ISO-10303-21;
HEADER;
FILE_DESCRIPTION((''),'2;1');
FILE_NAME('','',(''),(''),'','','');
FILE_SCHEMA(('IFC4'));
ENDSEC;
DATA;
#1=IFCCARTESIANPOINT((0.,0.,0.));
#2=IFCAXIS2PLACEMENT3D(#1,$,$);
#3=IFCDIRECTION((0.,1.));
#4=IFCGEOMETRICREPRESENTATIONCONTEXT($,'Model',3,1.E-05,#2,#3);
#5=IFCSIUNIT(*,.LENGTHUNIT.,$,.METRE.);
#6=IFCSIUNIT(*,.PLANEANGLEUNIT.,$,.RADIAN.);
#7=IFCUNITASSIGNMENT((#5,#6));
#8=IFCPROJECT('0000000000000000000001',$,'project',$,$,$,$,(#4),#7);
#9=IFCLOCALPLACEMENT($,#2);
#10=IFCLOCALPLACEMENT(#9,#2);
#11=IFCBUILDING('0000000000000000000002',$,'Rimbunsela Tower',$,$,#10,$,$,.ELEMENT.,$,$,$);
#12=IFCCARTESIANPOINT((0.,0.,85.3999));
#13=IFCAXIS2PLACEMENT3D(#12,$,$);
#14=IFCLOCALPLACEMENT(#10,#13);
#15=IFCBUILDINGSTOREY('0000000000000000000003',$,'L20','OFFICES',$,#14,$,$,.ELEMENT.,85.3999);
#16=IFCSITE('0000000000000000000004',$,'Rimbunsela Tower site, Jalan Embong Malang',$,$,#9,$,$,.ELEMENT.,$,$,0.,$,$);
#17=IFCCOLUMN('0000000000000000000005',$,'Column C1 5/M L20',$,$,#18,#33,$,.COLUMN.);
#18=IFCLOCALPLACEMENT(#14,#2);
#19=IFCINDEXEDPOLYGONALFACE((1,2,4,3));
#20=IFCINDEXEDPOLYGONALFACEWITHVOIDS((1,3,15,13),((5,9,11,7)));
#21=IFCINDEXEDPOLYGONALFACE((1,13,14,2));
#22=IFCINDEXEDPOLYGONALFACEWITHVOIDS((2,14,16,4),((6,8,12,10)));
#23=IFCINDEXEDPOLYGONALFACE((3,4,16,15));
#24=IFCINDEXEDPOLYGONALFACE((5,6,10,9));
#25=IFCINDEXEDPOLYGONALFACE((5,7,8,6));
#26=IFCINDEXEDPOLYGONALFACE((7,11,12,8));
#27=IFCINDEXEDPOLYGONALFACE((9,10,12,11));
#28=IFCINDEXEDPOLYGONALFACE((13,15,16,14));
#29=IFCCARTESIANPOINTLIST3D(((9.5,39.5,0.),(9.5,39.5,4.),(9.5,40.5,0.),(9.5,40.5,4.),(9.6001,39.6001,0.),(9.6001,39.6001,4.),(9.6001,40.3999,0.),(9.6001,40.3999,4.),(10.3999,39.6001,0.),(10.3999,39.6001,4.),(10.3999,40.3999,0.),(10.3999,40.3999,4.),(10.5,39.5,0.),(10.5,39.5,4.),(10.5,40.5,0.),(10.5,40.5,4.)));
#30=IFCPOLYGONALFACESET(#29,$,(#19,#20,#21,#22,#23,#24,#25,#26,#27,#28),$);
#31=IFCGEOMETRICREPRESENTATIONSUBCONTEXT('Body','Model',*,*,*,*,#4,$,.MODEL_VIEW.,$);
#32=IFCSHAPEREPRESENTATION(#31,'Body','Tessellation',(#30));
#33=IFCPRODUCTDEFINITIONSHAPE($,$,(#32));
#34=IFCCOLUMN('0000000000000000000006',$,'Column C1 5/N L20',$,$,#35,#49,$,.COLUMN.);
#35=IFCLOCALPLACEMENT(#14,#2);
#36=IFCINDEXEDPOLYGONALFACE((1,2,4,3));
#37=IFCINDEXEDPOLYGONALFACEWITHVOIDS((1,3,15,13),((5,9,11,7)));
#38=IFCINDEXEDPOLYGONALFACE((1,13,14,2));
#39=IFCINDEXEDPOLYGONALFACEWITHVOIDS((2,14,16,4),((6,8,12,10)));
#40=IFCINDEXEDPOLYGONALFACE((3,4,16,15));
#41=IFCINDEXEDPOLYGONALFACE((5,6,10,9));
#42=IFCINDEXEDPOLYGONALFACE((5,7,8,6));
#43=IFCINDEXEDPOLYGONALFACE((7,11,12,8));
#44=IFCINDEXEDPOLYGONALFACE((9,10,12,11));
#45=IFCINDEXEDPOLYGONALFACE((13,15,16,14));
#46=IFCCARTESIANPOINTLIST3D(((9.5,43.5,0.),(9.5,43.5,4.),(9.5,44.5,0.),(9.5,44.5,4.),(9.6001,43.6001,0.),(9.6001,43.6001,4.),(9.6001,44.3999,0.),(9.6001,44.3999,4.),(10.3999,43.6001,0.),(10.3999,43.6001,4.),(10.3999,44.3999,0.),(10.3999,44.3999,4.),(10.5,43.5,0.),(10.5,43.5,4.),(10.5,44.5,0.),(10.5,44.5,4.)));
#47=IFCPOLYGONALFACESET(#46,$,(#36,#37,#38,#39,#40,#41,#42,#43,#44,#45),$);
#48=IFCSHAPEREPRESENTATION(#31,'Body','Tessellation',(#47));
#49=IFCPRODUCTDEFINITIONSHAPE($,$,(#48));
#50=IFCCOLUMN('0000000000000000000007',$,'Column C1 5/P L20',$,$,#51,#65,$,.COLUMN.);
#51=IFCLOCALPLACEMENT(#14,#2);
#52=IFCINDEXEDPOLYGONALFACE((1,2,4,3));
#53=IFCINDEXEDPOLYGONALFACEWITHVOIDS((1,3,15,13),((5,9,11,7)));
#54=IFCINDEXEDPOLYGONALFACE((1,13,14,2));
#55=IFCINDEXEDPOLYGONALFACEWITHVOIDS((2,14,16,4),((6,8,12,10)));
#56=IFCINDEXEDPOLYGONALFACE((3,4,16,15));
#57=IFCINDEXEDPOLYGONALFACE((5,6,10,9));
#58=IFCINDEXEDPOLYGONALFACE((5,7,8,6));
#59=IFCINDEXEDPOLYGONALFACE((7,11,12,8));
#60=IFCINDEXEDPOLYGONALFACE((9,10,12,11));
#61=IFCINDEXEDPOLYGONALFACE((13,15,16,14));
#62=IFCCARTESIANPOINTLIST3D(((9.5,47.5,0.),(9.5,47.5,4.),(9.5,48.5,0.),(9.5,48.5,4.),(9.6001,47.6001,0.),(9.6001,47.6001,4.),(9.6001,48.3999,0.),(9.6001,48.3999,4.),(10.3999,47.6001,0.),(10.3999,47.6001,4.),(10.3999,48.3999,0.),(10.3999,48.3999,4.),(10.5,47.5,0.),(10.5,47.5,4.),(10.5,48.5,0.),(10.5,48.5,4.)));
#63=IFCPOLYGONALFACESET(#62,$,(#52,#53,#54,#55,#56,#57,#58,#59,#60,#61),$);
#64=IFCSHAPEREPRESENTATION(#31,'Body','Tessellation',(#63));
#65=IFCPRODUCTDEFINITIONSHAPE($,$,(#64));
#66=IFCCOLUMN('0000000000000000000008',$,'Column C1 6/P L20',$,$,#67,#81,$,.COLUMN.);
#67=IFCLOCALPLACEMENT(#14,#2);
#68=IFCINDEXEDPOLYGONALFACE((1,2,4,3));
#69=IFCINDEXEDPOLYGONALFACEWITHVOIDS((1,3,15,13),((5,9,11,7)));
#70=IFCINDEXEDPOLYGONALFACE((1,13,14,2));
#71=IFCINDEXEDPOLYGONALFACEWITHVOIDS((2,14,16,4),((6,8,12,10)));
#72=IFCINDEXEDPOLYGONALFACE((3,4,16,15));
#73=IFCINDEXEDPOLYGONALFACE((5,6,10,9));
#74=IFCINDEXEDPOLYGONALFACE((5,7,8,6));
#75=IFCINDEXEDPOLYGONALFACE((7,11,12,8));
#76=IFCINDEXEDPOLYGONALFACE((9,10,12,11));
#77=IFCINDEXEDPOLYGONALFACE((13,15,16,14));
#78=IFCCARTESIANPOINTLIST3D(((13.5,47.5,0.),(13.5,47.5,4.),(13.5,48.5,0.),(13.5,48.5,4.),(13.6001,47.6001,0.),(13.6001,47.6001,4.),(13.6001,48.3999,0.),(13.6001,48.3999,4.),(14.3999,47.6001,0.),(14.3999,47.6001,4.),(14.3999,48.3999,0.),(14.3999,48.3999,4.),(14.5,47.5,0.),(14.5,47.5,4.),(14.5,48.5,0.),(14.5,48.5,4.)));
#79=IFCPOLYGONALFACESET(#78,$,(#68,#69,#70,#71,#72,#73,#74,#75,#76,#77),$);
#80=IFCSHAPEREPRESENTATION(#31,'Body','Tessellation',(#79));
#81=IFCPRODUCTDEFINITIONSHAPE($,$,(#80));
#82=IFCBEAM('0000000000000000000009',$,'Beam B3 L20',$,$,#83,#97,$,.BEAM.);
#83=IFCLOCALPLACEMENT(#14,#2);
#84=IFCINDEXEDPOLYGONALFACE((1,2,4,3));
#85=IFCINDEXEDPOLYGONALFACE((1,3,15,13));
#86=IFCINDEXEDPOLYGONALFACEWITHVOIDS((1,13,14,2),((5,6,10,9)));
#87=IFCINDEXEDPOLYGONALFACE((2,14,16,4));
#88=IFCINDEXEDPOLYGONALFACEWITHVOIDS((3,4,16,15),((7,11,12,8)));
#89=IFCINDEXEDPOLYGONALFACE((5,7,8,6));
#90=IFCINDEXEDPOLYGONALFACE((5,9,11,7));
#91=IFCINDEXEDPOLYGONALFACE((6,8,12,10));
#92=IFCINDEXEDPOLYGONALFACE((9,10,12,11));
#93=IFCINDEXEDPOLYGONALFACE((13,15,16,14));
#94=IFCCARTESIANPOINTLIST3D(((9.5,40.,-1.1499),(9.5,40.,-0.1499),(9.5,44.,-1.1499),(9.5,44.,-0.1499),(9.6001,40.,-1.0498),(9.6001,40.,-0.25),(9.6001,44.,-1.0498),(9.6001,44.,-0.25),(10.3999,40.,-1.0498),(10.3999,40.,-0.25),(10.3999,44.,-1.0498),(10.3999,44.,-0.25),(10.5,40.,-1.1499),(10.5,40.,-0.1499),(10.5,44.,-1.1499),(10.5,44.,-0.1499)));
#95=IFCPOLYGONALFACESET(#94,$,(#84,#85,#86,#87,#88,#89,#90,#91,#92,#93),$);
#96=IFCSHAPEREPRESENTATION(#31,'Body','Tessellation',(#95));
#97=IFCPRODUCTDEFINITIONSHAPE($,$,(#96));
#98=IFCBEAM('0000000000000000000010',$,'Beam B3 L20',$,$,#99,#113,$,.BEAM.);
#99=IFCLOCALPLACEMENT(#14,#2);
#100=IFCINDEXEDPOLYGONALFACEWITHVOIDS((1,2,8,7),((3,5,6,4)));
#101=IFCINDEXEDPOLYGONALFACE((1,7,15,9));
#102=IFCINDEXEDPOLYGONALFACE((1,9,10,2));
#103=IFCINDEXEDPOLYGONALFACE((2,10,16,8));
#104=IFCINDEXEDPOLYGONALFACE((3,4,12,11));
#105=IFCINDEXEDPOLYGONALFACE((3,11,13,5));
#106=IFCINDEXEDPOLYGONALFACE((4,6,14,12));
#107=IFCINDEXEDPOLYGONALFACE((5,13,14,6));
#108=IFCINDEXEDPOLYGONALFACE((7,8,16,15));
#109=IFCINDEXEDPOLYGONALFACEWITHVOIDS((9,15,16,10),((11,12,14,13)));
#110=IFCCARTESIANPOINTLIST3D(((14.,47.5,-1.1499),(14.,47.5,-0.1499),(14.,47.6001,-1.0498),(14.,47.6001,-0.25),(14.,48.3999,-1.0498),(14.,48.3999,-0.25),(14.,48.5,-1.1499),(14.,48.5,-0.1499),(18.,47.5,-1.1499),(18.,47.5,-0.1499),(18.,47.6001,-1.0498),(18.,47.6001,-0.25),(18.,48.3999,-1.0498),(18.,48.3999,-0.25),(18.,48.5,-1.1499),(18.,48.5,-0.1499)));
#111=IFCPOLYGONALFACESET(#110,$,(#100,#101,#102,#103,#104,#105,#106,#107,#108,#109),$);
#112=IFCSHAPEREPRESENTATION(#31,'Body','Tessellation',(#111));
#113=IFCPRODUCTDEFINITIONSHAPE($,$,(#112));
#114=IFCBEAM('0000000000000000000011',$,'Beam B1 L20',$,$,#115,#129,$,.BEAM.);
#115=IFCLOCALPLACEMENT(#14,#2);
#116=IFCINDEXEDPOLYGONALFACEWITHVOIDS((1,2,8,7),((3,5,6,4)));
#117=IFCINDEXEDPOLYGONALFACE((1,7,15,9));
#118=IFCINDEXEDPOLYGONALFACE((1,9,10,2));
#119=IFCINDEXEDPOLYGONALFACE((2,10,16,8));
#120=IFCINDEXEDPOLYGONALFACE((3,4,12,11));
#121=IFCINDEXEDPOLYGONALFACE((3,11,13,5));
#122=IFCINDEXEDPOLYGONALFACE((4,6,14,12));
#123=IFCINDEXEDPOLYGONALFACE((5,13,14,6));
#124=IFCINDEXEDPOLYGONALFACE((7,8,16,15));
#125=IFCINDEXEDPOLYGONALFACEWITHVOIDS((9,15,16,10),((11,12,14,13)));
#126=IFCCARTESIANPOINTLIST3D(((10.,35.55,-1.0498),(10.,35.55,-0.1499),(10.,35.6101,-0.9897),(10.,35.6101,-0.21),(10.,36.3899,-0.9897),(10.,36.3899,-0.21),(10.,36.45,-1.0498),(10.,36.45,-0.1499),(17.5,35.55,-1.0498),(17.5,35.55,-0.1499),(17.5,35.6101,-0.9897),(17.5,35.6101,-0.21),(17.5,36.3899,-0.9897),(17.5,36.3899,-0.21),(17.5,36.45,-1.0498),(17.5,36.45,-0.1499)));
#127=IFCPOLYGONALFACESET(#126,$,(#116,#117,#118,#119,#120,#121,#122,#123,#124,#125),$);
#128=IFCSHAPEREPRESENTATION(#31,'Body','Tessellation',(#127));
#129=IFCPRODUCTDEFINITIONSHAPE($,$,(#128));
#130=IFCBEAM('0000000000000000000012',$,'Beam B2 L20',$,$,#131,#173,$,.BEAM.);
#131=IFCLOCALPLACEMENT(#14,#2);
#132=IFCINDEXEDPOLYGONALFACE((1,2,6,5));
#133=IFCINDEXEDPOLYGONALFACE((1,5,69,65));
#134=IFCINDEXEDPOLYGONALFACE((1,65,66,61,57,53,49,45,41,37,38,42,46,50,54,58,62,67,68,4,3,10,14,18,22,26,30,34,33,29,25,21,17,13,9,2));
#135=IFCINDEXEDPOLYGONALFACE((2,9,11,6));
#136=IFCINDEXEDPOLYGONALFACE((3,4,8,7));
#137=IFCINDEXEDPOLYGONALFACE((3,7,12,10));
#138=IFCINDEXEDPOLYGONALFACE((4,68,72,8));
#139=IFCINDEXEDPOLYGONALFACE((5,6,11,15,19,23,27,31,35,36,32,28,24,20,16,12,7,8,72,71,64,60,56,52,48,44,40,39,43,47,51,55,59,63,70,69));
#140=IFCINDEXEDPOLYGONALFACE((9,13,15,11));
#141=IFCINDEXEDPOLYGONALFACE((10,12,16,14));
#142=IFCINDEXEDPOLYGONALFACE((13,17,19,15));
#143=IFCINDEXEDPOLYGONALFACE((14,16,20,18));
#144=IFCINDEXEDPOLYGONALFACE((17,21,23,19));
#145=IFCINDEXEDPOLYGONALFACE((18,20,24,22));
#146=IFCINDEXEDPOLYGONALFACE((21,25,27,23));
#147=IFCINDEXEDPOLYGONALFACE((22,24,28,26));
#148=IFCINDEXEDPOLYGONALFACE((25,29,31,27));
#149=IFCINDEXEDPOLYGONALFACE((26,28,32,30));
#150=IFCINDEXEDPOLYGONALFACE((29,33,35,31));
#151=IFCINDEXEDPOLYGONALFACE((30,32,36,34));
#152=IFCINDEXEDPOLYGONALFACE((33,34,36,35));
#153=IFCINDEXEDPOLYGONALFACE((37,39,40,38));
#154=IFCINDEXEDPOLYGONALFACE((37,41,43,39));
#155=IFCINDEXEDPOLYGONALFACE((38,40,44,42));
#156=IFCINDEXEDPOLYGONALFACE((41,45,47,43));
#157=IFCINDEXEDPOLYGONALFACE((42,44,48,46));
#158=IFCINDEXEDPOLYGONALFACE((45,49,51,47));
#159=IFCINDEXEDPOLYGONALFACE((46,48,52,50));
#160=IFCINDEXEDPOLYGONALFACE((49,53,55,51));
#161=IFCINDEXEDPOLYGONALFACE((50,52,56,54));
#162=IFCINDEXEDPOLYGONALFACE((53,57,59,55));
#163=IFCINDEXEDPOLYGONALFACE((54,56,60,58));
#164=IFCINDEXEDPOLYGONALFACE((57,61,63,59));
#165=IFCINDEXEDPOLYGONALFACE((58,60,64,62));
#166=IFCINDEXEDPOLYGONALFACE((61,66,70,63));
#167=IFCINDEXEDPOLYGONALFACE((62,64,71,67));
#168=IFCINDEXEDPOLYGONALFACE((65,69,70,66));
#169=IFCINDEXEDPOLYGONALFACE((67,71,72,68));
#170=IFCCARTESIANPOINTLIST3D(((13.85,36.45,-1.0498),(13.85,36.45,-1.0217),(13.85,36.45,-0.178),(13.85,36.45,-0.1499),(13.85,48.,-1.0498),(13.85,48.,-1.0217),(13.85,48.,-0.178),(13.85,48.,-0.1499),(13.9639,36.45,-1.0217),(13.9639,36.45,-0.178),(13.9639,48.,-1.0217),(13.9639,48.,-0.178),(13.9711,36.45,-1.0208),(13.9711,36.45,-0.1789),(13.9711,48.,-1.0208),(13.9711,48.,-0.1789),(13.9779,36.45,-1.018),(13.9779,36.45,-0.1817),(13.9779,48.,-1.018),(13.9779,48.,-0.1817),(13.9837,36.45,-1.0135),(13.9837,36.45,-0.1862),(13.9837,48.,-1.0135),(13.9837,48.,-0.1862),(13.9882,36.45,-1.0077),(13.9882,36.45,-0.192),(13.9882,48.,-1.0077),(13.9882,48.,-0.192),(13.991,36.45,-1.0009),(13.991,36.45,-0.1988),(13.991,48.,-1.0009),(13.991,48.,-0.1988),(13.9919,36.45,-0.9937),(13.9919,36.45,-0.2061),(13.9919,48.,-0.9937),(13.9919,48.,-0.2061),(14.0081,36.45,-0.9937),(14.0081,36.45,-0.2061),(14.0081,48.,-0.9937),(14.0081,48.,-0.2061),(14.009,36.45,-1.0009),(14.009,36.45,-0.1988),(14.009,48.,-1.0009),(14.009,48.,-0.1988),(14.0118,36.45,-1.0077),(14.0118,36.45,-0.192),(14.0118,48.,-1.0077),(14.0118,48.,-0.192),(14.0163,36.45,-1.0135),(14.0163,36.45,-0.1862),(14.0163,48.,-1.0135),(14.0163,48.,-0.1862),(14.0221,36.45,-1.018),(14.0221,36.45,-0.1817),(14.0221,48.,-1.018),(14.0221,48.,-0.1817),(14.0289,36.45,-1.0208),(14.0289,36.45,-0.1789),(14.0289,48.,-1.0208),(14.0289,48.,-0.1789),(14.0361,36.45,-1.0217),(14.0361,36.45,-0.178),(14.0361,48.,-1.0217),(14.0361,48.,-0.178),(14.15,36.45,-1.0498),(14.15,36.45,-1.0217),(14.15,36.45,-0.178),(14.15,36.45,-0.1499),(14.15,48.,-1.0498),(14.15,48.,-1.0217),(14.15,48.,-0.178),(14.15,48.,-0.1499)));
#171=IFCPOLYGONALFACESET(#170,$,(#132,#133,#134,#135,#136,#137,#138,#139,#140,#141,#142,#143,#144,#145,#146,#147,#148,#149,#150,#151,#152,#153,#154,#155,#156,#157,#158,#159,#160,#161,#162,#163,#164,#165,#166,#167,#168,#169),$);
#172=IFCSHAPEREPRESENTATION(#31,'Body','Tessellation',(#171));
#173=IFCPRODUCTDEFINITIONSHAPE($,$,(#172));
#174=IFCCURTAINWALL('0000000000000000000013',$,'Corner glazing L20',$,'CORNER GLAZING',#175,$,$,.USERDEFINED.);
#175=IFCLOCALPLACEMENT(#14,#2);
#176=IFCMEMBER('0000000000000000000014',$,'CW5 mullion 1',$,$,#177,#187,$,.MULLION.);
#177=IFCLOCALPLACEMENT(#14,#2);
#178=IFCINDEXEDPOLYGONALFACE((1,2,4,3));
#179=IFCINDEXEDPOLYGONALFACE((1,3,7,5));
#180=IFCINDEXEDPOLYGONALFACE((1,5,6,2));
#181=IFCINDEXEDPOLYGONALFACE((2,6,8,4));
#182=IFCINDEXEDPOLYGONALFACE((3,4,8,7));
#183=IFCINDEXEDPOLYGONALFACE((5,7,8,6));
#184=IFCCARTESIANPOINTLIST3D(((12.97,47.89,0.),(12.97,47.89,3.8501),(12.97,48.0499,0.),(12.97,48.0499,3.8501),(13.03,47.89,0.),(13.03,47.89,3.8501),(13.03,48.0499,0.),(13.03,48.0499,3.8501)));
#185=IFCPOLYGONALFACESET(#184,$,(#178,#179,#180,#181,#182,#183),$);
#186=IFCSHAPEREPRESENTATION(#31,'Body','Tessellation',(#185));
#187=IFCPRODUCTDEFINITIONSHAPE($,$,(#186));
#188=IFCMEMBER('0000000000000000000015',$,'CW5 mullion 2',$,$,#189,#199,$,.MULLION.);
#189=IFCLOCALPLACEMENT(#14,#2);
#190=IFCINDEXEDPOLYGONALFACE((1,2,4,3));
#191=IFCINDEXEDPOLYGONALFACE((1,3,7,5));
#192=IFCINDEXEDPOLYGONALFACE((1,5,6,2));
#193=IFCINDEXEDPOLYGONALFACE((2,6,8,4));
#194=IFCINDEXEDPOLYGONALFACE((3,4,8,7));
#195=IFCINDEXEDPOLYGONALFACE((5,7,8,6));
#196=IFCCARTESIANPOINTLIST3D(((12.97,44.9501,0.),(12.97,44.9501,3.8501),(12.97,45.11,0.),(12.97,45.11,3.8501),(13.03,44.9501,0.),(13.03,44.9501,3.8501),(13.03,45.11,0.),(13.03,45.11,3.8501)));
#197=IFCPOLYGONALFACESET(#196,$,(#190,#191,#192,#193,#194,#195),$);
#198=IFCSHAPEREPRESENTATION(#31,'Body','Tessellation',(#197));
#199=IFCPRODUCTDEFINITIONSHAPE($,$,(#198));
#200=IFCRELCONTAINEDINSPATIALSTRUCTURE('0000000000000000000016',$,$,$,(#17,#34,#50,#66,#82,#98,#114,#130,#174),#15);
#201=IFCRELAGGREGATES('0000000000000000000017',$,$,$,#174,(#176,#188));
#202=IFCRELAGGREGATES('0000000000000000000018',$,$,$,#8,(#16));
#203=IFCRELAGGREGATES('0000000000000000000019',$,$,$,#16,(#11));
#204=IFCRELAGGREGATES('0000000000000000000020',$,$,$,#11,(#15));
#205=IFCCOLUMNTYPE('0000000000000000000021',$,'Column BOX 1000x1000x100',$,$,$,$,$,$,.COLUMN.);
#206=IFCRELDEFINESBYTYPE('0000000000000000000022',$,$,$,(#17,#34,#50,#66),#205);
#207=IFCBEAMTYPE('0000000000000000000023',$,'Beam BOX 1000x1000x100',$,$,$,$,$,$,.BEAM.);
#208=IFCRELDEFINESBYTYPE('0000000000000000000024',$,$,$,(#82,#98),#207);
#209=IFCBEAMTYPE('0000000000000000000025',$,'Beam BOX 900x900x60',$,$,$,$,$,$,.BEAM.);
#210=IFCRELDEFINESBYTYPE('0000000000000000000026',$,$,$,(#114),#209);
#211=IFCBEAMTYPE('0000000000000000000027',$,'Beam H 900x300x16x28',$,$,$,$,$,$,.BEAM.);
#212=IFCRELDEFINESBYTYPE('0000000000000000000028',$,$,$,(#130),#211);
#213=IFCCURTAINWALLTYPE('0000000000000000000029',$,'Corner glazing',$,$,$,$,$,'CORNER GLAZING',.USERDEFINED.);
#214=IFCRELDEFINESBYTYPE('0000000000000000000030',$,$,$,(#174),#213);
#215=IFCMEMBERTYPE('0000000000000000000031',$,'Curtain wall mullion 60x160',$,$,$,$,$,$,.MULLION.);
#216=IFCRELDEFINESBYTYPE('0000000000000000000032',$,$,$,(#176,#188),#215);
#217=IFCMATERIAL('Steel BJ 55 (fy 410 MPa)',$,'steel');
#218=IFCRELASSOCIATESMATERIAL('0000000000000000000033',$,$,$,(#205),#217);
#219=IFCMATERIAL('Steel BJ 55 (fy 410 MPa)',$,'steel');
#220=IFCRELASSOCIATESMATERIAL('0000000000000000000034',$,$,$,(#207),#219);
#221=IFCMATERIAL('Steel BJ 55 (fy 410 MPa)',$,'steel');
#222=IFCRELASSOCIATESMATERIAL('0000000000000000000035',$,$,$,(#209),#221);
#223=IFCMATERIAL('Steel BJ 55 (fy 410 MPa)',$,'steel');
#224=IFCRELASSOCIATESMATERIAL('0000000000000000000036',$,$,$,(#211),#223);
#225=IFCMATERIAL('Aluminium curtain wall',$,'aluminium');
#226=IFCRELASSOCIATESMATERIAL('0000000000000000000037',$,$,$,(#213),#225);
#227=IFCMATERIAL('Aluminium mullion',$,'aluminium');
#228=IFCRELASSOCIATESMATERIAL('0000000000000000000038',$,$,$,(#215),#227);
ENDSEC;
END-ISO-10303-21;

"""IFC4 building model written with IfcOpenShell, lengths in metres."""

from ifc_helpers import new_model, si_unit, direction, frame, origin, origin_2d, place, context, subcontext, project, spatial, rectangle, hollow_rectangle, i_section, extrude, material, material_profile, profile_set, type_object, element, aggregate, save


model = new_model("IFC4")

# Units and contexts
model_context = context("Model", 3, precision=1e-05, world=origin(), true_north=direction((0.0, 1.0)))
body_context = subcontext(model_context, "Body", "Model", "MODEL_VIEW")
ifc_project = project(units=[si_unit("LENGTHUNIT", "METRE"), si_unit("PLANEANGLEUNIT", "RADIAN")], contexts=[model_context])

# Site, building, storey
site_placement = place(None, origin())
site = spatial("IfcSite", under=ifc_project, at=site_placement, Name="Rimbunsela Tower site, Jalan Embong Malang", CompositionType="ELEMENT", RefElevation=0.0)
building_placement = place(site_placement, origin())
building = spatial("IfcBuilding", under=site, at=building_placement, Name="Rimbunsela Tower", CompositionType="ELEMENT")
storey_placement = place(building_placement, frame((0.0, 0.0, 85.3999)))
storey = spatial("IfcBuildingStorey", under=building, at=storey_placement, Name="L20", Description="OFFICES", CompositionType="ELEMENT", Elevation=85.3999)

# Columns
ifc_material_1 = material(Name="Steel BJ 55 (fy 410 MPa)", Category="steel")
ifc_material_profile_1 = material_profile(ifc_material_1, hollow_rectangle(XDim=1.0, YDim=1.0, WallThickness=0.1001, at=origin_2d()), Name="BOX 1000x1000x100")
ifc_profile_set_1 = profile_set([ifc_material_profile_1], Name="Steel BJ 55 (fy 410 MPa)")
column_type = type_object("IfcColumnType", Name="Column BOX 1000x1000x100", PredefinedType="COLUMN", material=ifc_profile_set_1)
for number, where, z_axis, x_axis, name in (
    (1, (10.0, 40.0, 0.0), (0.0, 0.0, 1.0), (1.0, 0.0, 0.0), "Column C1 5/M L20"),
    (2, (10.0, 44.0, 0.0), (0.0, 0.0, 1.0), (1.0, 0.0, 0.0), "Column C1 5/N L20"),
    (3, (10.0, 48.0, 0.0), (0.0, 0.0, 1.0), (1.0, 0.0, 0.0), "Column C1 5/P L20"),
    (4, (14.0, 48.0, 0.0), (0.0, 0.0, 1.0), (1.0, 0.0, 0.0), "Column C1 6/P L20"),
):
    element("IfcColumn", number, at=place(storey_placement, frame(where, z_axis=z_axis, x_axis=x_axis)), inside=storey, type_object=column_type, Name=name, PredefinedType="COLUMN", context=body_context, shape_type="SweptSolid", body=[
        extrude(hollow_rectangle(XDim=1.0, YDim=1.0, WallThickness=0.1001, at=origin_2d()), origin(), (0.0, 0.0, 1.0), 4.0),
    ])

# Beams
ifc_material_2 = material(Name="Steel BJ 55 (fy 410 MPa)", Category="steel")
ifc_material_profile_2 = material_profile(ifc_material_2, hollow_rectangle(XDim=1.0, YDim=1.0, WallThickness=0.1001, at=origin_2d()), Name="BOX 1000x1000x100")
ifc_profile_set_2 = profile_set([ifc_material_profile_2], Name="Steel BJ 55 (fy 410 MPa)")
beam_type_1 = type_object("IfcBeamType", Name="Beam BOX 1000x1000x100", PredefinedType="BEAM", material=ifc_profile_set_2)
for number, where, z_axis, x_axis, name in (
    (5, (10.0, 40.0, -0.6499), (0.0, 1.0, 0.0), (-1.0, 0.0, 0.0), "Beam B3 L20"),
    (6, (14.0, 48.0, -0.6499), (1.0, 0.0, 0.0), (0.0, 1.0, 0.0), "Beam B3 L20"),
):
    element("IfcBeam", number, at=place(storey_placement, frame(where, z_axis=z_axis, x_axis=x_axis)), inside=storey, type_object=beam_type_1, Name=name, PredefinedType="BEAM", context=body_context, shape_type="SweptSolid", body=[
        extrude(hollow_rectangle(XDim=1.0, YDim=1.0, WallThickness=0.1001, at=origin_2d()), origin(), (0.0, 0.0, 1.0), 4.0),
    ])
ifc_material_3 = material(Name="Steel BJ 55 (fy 410 MPa)", Category="steel")
ifc_material_profile_3 = material_profile(ifc_material_3, hollow_rectangle(XDim=0.8999, YDim=0.8999, WallThickness=0.0601, at=origin_2d()), Name="BOX 900x900x60")
ifc_profile_set_3 = profile_set([ifc_material_profile_3], Name="Steel BJ 55 (fy 410 MPa)")
beam_type_2 = type_object("IfcBeamType", Name="Beam BOX 900x900x60", PredefinedType="BEAM", material=ifc_profile_set_3)
beam_1_placement = place(storey_placement, frame((10.0, 36.0, -0.5999), z_axis=(1.0, 0.0, 0.0), x_axis=(0.0, 1.0, 0.0)))
element("IfcBeam", 7, at=beam_1_placement, inside=storey, type_object=beam_type_2, Name="Beam B1 L20", PredefinedType="BEAM", context=body_context, shape_type="SweptSolid", body=[
    extrude(hollow_rectangle(XDim=0.8999, YDim=0.8999, WallThickness=0.0601, at=origin_2d()), origin(), (0.0, 0.0, 1.0), 7.5),
])
ifc_material_4 = material(Name="Steel BJ 55 (fy 410 MPa)", Category="steel")
ifc_material_profile_4 = material_profile(ifc_material_4, i_section(OverallWidth=0.3, OverallDepth=0.8999, WebThickness=0.0161, FlangeThickness=0.0281, FilletRadius=0.0281, at=origin_2d()), Name="H 900x300x16x28")
ifc_profile_set_4 = profile_set([ifc_material_profile_4], Name="Steel BJ 55 (fy 410 MPa)")
beam_type_3 = type_object("IfcBeamType", Name="Beam H 900x300x16x28", PredefinedType="BEAM", material=ifc_profile_set_4)
beam_2_placement = place(storey_placement, frame((14.0, 36.45, -0.5999), z_axis=(0.0, 1.0, 0.0), x_axis=(-1.0, 0.0, 0.0)))
element("IfcBeam", 8, at=beam_2_placement, inside=storey, type_object=beam_type_3, Name="Beam B2 L20", PredefinedType="BEAM", context=body_context, shape_type="SweptSolid", body=[
    extrude(i_section(OverallWidth=0.3, OverallDepth=0.8999, WebThickness=0.0161, FlangeThickness=0.0281, FilletRadius=0.0281, at=origin_2d()), origin(), (0.0, 0.0, 1.0), 11.55),
])

# Curtain wall, members
ifc_material_5 = material(Name="Aluminium curtain wall", Category="aluminium")
curtain_wall_type = type_object("IfcCurtainWallType", Name="Corner glazing", ElementType="CORNER GLAZING", PredefinedType="USERDEFINED", material=ifc_material_5)
curtain_wall_1_placement = place(storey_placement, origin())
curtain_wall_1 = element("IfcCurtainWall", 9, at=curtain_wall_1_placement, inside=storey, type_object=curtain_wall_type, Name="Corner glazing L20", ObjectType="CORNER GLAZING", PredefinedType="USERDEFINED")
ifc_material_6 = material(Name="Aluminium mullion", Category="aluminium")
ifc_material_profile_5 = material_profile(ifc_material_6, rectangle(XDim=0.0601, YDim=0.1599, at=origin_2d()), Name="Mullion 60x160")
ifc_profile_set_5 = profile_set([ifc_material_profile_5], Name="Aluminium mullion")
member_type_1 = type_object("IfcMemberType", Name="Curtain wall mullion 60x160", PredefinedType="MULLION", material=ifc_profile_set_5)
member_1_placement = place(storey_placement, frame((13.0, 47.97, 0.0), z_axis=(0.0, 0.0, 1.0), x_axis=(1.0, 0.0, 0.0)))
member_1 = element("IfcMember", 10, at=member_1_placement, type_object=member_type_1, Name="CW5 mullion 1", PredefinedType="MULLION", context=body_context, shape_type="SweptSolid", body=[
    extrude(rectangle(XDim=0.0601, YDim=0.1599, at=origin_2d()), origin(), (0.0, 0.0, 1.0), 3.8501),
])
member_2_placement = place(storey_placement, frame((13.0, 45.03, 0.0), z_axis=(0.0, 0.0, 1.0), x_axis=(1.0, 0.0, 0.0)))
member_2 = element("IfcMember", 11, at=member_2_placement, type_object=member_type_1, Name="CW5 mullion 2", PredefinedType="MULLION", context=body_context, shape_type="SweptSolid", body=[
    extrude(rectangle(XDim=0.0601, YDim=0.1599, at=origin_2d()), origin(), (0.0, 0.0, 1.0), 3.8501),
])

aggregate(curtain_wall_1, [member_1, member_2])

save(model, "model.ifc")
